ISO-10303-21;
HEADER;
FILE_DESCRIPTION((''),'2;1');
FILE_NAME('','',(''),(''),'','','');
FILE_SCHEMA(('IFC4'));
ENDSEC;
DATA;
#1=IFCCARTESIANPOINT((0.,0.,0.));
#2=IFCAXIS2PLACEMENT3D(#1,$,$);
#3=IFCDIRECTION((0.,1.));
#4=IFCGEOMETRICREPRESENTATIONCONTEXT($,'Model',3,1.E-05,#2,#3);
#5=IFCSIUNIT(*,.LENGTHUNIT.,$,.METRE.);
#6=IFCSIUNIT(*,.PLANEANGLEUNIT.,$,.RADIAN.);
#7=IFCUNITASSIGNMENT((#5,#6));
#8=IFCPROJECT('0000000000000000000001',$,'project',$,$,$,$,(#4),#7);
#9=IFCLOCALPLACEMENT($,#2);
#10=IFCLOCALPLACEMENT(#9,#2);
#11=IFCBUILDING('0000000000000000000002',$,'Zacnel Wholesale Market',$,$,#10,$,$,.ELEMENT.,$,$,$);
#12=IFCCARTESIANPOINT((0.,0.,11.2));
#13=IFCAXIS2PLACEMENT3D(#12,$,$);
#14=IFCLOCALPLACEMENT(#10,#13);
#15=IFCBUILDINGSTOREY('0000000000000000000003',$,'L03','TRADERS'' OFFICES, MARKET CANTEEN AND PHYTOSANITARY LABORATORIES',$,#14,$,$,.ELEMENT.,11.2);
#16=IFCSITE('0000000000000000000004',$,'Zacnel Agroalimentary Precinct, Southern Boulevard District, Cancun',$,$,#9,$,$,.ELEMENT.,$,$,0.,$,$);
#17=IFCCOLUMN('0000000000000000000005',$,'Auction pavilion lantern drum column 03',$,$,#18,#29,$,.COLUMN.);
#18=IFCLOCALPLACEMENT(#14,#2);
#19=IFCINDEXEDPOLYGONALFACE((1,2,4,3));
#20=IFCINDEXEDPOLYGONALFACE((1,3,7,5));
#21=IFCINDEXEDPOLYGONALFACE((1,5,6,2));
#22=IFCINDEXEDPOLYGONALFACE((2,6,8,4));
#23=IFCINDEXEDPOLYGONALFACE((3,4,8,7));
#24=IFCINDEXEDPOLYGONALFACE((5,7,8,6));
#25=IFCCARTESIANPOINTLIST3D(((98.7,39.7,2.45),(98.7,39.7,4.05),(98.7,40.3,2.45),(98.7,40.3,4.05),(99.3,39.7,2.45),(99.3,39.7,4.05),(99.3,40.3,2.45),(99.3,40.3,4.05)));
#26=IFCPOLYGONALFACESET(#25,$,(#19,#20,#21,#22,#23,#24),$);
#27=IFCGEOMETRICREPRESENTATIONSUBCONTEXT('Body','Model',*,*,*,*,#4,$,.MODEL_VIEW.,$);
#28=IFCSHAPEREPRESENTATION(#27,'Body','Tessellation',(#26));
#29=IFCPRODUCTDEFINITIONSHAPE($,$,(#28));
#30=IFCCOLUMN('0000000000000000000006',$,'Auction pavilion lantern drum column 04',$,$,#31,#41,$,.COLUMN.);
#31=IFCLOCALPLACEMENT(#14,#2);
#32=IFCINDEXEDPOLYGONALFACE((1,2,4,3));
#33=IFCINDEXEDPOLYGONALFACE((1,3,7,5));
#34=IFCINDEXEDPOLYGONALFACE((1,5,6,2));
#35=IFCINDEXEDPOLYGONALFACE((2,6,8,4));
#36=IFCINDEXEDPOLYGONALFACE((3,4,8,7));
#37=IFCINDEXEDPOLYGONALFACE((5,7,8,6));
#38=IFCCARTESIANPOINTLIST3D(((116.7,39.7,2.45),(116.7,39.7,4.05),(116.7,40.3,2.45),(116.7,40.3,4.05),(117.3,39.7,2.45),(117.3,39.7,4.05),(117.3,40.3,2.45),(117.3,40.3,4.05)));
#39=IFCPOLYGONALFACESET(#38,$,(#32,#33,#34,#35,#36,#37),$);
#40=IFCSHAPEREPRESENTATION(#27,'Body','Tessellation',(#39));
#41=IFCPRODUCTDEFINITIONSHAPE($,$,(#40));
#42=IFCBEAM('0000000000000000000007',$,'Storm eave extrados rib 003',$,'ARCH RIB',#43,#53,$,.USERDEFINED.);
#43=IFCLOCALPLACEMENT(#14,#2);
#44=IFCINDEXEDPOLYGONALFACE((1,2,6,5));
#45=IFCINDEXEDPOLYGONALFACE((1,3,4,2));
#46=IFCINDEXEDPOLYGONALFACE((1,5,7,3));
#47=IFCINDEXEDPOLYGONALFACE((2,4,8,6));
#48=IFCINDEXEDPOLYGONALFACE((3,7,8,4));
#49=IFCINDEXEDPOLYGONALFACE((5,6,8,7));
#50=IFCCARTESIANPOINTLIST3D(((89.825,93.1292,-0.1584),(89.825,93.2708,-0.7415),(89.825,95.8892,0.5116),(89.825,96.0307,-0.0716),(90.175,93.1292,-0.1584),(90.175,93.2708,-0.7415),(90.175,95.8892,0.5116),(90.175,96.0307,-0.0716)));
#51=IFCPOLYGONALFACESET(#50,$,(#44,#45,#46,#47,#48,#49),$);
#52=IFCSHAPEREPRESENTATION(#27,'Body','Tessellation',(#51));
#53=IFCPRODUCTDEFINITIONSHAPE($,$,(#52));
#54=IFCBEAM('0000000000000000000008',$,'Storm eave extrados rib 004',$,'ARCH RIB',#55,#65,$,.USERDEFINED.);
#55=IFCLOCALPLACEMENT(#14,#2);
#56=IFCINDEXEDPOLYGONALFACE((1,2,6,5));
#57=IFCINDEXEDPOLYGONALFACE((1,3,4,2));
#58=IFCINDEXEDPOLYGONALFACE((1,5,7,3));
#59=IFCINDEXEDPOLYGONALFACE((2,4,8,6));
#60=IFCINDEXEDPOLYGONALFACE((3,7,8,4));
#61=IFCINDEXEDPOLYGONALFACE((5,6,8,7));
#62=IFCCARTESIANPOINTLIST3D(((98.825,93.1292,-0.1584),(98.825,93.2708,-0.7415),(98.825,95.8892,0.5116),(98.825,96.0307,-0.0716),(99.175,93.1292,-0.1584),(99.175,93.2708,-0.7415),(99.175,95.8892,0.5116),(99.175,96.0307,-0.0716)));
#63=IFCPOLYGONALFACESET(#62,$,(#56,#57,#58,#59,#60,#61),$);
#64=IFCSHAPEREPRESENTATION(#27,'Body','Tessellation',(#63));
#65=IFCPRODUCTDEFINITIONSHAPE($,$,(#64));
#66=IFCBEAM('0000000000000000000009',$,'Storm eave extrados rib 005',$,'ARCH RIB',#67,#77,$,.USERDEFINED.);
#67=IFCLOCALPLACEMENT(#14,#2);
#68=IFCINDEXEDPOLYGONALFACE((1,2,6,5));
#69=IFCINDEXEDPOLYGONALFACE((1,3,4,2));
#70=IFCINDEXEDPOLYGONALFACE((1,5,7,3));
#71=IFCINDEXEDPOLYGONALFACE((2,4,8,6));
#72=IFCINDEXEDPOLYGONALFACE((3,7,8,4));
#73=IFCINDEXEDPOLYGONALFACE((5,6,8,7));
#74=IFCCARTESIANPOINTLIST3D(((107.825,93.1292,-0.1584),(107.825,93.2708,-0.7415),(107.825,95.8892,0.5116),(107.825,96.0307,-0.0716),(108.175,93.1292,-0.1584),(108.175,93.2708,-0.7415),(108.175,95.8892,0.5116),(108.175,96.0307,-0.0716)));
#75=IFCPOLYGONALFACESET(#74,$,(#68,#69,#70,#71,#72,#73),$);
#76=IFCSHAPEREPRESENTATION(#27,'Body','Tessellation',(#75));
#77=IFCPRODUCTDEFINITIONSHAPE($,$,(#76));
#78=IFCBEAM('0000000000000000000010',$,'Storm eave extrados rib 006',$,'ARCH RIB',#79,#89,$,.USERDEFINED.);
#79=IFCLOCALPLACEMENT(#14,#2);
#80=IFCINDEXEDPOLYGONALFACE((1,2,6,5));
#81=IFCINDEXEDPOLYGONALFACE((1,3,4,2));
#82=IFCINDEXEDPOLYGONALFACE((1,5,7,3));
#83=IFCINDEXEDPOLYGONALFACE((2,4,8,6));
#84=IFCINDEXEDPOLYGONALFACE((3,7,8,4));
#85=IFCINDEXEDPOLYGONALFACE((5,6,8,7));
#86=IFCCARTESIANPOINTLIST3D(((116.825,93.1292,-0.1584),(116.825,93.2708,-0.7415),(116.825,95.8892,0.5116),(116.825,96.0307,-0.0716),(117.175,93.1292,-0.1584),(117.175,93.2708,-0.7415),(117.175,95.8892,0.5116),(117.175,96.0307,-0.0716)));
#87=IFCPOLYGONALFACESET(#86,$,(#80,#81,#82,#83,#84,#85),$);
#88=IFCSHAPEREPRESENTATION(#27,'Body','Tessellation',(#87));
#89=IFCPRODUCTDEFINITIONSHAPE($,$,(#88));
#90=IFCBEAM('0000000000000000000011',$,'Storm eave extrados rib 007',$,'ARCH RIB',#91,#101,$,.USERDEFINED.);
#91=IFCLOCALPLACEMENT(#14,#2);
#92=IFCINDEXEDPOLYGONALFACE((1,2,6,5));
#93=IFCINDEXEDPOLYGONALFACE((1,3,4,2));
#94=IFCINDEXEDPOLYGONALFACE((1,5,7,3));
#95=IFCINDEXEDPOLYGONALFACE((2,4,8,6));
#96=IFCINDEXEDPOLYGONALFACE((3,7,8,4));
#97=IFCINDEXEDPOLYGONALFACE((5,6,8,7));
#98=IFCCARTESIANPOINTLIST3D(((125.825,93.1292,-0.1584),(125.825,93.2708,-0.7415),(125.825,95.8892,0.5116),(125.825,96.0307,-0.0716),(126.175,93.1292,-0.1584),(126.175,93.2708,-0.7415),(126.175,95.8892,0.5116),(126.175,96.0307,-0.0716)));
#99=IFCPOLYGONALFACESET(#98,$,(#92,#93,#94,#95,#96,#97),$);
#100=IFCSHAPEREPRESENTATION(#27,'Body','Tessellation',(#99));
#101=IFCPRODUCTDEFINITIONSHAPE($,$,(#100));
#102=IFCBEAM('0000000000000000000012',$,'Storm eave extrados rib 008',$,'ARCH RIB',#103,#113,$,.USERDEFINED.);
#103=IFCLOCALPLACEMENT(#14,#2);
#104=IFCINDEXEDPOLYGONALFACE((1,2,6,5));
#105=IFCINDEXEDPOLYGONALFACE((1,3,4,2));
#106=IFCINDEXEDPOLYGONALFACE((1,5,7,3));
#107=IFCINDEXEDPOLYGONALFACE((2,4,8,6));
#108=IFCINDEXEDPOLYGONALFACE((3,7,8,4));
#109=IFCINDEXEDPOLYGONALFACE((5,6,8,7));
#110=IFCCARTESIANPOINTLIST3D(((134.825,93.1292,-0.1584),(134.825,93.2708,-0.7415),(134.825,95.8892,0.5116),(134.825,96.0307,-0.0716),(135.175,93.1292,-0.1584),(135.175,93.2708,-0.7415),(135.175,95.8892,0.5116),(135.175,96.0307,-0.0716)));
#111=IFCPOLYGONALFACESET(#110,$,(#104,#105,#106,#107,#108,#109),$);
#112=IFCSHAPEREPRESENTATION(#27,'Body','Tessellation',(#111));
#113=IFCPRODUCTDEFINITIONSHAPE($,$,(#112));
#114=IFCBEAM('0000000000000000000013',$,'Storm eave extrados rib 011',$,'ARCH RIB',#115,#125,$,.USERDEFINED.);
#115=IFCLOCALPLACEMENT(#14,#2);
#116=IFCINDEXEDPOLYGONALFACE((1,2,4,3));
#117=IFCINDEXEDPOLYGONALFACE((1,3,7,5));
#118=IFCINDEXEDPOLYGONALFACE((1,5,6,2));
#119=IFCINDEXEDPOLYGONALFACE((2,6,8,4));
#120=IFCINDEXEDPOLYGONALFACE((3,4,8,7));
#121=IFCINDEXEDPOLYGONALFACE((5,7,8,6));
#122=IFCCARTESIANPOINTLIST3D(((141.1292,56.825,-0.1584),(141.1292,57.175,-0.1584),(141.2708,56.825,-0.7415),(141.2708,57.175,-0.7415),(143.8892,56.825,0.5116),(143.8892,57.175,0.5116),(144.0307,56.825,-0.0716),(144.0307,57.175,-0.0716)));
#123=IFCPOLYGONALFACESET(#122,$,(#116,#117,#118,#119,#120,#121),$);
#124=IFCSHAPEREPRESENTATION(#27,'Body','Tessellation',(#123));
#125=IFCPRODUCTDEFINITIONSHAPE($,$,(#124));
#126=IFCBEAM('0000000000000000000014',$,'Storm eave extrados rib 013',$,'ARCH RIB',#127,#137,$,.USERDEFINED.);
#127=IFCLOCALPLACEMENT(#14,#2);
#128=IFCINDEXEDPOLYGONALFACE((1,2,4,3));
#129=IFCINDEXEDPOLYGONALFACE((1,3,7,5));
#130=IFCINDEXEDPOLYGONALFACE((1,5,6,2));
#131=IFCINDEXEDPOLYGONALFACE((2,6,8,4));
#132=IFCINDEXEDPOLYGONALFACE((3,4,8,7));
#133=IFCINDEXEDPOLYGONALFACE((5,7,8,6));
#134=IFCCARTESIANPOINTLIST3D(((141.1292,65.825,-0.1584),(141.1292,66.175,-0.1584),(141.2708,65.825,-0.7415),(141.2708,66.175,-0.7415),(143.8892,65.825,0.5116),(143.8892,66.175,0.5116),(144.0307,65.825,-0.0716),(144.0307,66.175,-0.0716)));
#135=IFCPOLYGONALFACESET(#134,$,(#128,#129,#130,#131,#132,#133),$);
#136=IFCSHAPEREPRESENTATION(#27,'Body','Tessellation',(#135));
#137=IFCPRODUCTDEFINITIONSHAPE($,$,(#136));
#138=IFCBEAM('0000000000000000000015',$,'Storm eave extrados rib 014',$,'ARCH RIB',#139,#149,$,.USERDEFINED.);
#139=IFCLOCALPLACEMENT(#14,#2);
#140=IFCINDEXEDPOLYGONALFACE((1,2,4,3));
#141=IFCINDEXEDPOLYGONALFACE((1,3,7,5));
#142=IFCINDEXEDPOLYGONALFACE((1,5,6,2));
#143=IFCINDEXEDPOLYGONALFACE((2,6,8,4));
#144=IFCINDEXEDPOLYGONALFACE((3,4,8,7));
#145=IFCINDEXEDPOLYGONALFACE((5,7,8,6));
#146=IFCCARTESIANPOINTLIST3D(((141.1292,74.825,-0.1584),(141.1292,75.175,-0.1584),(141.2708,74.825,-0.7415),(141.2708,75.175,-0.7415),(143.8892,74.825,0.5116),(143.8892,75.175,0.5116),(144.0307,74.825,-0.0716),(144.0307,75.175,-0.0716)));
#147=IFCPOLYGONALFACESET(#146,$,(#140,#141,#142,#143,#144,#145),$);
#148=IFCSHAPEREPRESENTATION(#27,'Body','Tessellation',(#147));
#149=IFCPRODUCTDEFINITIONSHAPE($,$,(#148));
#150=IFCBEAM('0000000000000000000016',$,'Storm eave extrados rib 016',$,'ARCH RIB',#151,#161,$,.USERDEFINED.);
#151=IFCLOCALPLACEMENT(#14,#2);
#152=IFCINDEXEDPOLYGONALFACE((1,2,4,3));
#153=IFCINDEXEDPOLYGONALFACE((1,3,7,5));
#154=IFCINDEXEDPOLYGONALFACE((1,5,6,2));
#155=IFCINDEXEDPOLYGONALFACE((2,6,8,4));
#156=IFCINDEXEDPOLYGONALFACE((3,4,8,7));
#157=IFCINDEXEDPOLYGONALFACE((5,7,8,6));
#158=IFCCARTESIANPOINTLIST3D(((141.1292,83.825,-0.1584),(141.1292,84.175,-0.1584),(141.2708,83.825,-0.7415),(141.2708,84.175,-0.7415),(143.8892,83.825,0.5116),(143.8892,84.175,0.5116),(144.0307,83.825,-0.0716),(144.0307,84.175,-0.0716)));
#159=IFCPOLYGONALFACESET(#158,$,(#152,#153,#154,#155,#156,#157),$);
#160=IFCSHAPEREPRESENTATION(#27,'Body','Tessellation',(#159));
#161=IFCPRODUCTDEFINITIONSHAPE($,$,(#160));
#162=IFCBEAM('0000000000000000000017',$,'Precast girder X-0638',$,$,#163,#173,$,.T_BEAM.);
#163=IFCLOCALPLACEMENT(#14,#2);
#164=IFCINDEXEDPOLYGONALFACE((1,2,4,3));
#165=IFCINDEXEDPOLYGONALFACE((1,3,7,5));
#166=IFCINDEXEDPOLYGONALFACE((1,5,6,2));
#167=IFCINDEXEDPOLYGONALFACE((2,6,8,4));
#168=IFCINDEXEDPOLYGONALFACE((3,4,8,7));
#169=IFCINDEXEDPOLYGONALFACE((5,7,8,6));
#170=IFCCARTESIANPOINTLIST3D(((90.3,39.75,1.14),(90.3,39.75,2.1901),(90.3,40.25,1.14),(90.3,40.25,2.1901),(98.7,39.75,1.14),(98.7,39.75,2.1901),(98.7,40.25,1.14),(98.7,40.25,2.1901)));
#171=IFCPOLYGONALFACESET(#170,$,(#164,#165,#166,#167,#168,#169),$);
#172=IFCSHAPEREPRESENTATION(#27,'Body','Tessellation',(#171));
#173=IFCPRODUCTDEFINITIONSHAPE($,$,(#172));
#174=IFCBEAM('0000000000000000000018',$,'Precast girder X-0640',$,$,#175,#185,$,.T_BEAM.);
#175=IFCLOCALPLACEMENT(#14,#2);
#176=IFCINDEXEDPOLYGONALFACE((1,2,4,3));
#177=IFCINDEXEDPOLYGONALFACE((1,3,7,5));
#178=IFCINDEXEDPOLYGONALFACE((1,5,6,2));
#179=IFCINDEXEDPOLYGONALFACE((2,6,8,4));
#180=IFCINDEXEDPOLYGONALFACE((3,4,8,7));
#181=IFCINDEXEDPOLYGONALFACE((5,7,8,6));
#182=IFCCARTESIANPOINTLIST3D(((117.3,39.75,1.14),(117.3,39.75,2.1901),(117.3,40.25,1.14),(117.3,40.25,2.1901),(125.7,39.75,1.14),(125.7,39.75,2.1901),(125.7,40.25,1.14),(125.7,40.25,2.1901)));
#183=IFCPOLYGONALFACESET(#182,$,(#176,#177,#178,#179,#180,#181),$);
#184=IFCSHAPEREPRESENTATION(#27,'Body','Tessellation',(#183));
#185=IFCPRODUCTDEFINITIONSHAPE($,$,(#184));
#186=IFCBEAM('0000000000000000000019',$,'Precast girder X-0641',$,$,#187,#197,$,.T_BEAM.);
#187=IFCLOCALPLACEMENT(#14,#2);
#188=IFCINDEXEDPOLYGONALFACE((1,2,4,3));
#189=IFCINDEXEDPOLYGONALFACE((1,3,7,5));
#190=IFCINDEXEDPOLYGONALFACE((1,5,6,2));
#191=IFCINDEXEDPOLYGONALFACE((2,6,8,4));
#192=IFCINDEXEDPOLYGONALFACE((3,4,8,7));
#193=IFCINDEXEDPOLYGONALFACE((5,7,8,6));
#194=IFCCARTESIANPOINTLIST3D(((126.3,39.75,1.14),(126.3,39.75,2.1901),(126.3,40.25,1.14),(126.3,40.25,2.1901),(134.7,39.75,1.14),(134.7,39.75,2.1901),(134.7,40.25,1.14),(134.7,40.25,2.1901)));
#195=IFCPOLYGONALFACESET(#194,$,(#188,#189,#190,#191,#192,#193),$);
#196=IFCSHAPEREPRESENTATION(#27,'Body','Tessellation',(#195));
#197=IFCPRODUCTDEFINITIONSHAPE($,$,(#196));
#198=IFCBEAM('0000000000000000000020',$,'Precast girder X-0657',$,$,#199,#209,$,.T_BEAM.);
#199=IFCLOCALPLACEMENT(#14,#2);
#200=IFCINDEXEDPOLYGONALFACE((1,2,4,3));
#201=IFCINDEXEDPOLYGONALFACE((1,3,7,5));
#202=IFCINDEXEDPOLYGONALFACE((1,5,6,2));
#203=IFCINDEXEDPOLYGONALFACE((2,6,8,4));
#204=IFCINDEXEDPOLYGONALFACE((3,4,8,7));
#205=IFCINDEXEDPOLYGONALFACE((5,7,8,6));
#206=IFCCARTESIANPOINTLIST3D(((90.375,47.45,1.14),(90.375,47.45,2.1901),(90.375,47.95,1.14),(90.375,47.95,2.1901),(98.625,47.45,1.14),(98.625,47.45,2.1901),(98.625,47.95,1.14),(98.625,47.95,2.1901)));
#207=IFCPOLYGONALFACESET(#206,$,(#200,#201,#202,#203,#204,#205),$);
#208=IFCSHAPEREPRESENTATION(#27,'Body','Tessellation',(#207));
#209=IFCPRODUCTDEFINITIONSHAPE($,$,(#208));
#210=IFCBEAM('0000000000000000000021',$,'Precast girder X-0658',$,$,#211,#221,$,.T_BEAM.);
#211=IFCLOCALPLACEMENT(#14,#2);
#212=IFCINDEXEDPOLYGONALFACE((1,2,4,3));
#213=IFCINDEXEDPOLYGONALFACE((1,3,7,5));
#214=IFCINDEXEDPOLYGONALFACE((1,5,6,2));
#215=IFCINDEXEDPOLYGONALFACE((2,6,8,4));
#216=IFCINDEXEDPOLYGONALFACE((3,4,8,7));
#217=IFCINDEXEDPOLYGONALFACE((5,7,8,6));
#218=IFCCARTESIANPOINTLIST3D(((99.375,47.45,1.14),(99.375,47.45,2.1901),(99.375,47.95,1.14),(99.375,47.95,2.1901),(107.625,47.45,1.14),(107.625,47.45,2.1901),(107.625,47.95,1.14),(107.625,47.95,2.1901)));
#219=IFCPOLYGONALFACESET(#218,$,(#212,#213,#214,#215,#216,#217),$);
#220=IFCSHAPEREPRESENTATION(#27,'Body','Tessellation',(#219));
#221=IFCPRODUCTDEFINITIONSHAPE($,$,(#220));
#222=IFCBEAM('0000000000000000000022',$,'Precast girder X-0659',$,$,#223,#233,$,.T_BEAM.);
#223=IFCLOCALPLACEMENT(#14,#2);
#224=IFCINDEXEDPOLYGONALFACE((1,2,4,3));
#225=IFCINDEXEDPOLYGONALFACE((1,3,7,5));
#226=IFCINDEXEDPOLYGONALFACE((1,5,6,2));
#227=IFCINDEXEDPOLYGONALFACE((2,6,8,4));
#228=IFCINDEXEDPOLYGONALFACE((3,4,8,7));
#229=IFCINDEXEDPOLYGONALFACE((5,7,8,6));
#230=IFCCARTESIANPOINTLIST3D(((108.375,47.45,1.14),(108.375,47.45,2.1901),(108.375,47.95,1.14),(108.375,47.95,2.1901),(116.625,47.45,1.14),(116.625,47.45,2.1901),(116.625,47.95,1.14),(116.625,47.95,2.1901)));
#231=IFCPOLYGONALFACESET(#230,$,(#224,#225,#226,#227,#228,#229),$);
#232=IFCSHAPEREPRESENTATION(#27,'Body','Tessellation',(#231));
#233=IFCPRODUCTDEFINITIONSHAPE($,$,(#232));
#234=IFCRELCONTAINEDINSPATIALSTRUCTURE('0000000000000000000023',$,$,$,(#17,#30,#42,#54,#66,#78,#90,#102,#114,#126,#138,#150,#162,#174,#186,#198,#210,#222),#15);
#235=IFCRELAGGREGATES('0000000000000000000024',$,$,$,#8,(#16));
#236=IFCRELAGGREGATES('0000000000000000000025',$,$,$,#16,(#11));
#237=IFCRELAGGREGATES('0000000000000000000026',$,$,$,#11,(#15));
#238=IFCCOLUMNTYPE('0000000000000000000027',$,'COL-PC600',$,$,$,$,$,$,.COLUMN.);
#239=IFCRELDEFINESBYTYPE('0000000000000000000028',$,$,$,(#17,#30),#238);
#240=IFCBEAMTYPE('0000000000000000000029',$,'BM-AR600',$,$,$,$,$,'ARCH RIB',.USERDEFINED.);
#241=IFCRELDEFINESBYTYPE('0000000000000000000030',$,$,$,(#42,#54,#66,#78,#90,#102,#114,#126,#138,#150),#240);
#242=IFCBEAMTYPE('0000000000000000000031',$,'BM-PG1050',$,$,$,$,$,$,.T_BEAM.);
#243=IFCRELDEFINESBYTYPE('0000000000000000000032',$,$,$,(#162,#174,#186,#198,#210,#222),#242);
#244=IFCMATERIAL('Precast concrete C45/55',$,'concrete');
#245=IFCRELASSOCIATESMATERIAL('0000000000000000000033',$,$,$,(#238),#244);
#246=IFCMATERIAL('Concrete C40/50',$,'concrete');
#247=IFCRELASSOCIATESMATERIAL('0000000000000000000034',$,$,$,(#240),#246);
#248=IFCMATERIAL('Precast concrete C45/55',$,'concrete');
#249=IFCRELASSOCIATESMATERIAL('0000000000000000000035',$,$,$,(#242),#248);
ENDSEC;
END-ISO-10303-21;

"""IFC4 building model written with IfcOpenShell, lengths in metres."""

from ifc_helpers import new_model, si_unit, direction, frame, origin, origin_2d, place, context, subcontext, project, spatial, rectangle, extrude, material, material_profile, profile_set, type_object, element, save


model = new_model("IFC4")

# Units and contexts
model_context = context("Model", 3, precision=1e-05, world=origin(), true_north=direction((0.0, 1.0)))
body_context = subcontext(model_context, "Body", "Model", "MODEL_VIEW")
ifc_project = project(units=[si_unit("LENGTHUNIT", "METRE"), si_unit("PLANEANGLEUNIT", "RADIAN")], contexts=[model_context])

# Site, building, storey
site_placement = place(None, origin())
site = spatial("IfcSite", under=ifc_project, at=site_placement, Name="Zacnel Agroalimentary Precinct, Southern Boulevard District, Cancun", CompositionType="ELEMENT", RefElevation=0.0)
building_placement = place(site_placement, origin())
building = spatial("IfcBuilding", under=site, at=building_placement, Name="Zacnel Wholesale Market", CompositionType="ELEMENT")
storey_placement = place(building_placement, frame((0.0, 0.0, 11.2)))
storey = spatial("IfcBuildingStorey", under=building, at=storey_placement, Name="L03", Description="TRADERS' OFFICES, MARKET CANTEEN AND PHYTOSANITARY LABORATORIES", CompositionType="ELEMENT", Elevation=11.2)

# Columns
ifc_material_1 = material(Name="Precast concrete C45/55", Category="concrete")
ifc_material_profile_1 = material_profile(ifc_material_1, rectangle(XDim=0.6001, YDim=0.6001, at=origin_2d()), Name="PC 600x600")
ifc_profile_set_1 = profile_set([ifc_material_profile_1], Name="Precast concrete C45/55")
column_type = type_object("IfcColumnType", Name="COL-PC600", PredefinedType="COLUMN", material=ifc_profile_set_1)
for number, where, z_axis, x_axis, name in (
    (1, (99.0, 40.0, 2.45), (0.0, 0.0, 1.0), (1.0, 0.0, 0.0), "Auction pavilion lantern drum column 03"),
    (2, (117.0, 40.0, 2.45), (0.0, 0.0, 1.0), (1.0, 0.0, 0.0), "Auction pavilion lantern drum column 04"),
):
    element("IfcColumn", number, at=place(storey_placement, frame(where, z_axis=z_axis, x_axis=x_axis)), inside=storey, type_object=column_type, Name=name, PredefinedType="COLUMN", context=body_context, shape_type="SweptSolid", body=[
        extrude(rectangle(XDim=0.6001, YDim=0.6001, at=origin_2d()), origin(), (0.0, 0.0, 1.0), 1.6001),
    ])

# Beams
ifc_material_2 = material(Name="Concrete C40/50", Category="concrete")
ifc_material_profile_2 = material_profile(ifc_material_2, rectangle(XDim=0.3501, YDim=0.6001, at=origin_2d()), Name="ARCH RIB 350x600")
ifc_profile_set_2 = profile_set([ifc_material_profile_2], Name="Concrete C40/50")
beam_type_1 = type_object("IfcBeamType", Name="BM-AR600", ElementType="ARCH RIB", PredefinedType="USERDEFINED", material=ifc_profile_set_2)
for number, where, z_axis, x_axis, name in (
    (3, (90.0, 95.96, 0.22), (0.0, -0.971783, -0.235876), (1.0, 0.0, 0.0), "Storm eave extrados rib 003"),
    (4, (99.0, 95.96, 0.22), (0.0, -0.971783, -0.235876), (1.0, 0.0, 0.0), "Storm eave extrados rib 004"),
    (5, (108.0, 95.96, 0.22), (0.0, -0.971783, -0.235876), (1.0, 0.0, 0.0), "Storm eave extrados rib 005"),
    (6, (117.0, 95.96, 0.22), (0.0, -0.971783, -0.235876), (1.0, 0.0, 0.0), "Storm eave extrados rib 006"),
    (7, (126.0, 95.96, 0.22), (0.0, -0.971783, -0.235876), (1.0, 0.0, 0.0), "Storm eave extrados rib 007"),
    (8, (135.0, 95.96, 0.22), (0.0, -0.971783, -0.235876), (1.0, 0.0, 0.0), "Storm eave extrados rib 008"),
    (9, (143.96, 57.0, 0.22), (-0.971783, 0.0, -0.235876), (0.0, -1.0, 0.0), "Storm eave extrados rib 011"),
    (10, (143.96, 66.0, 0.22), (-0.971783, 0.0, -0.235876), (0.0, -1.0, 0.0), "Storm eave extrados rib 013"),
    (11, (143.96, 75.0, 0.22), (-0.971783, 0.0, -0.235876), (0.0, -1.0, 0.0), "Storm eave extrados rib 014"),
    (12, (143.96, 84.0, 0.22), (-0.971783, 0.0, -0.235876), (0.0, -1.0, 0.0), "Storm eave extrados rib 016"),
):
    element("IfcBeam", number, at=place(storey_placement, frame(where, z_axis=z_axis, x_axis=x_axis)), inside=storey, type_object=beam_type_1, Name=name, ObjectType="ARCH RIB", PredefinedType="USERDEFINED", context=body_context, shape_type="SweptSolid", body=[
        extrude(rectangle(XDim=0.3501, YDim=0.6001, at=origin_2d()), origin(), (0.0, 0.0, 1.0), 2.8401),
    ])
ifc_material_3 = material(Name="Precast concrete C45/55", Category="concrete")
ifc_material_profile_3 = material_profile(ifc_material_3, rectangle(XDim=0.5, YDim=1.05, at=origin_2d()), Name="PG 500x1050")
ifc_profile_set_3 = profile_set([ifc_material_profile_3], Name="Precast concrete C45/55")
beam_type_2 = type_object("IfcBeamType", Name="BM-PG1050", PredefinedType="T_BEAM", material=ifc_profile_set_3)
for number, where, z_axis, x_axis, name in (
    (13, (90.3, 40.0, 1.665), (1.0, 0.0, 0.0), (0.0, 1.0, 0.0), "Precast girder X-0638"),
    (14, (117.3, 40.0, 1.665), (1.0, 0.0, 0.0), (0.0, 1.0, 0.0), "Precast girder X-0640"),
    (15, (126.3, 40.0, 1.665), (1.0, 0.0, 0.0), (0.0, 1.0, 0.0), "Precast girder X-0641"),
):
    element("IfcBeam", number, at=place(storey_placement, frame(where, z_axis=z_axis, x_axis=x_axis)), inside=storey, type_object=beam_type_2, Name=name, PredefinedType="T_BEAM", context=body_context, shape_type="SweptSolid", body=[
        extrude(rectangle(XDim=0.5, YDim=1.05, at=origin_2d()), origin(), (0.0, 0.0, 1.0), 8.3999),
    ])
for number, where, z_axis, x_axis, name in (
    (16, (90.375, 47.7, 1.665), (1.0, 0.0, 0.0), (0.0, 1.0, 0.0), "Precast girder X-0657"),
    (17, (99.375, 47.7, 1.665), (1.0, 0.0, 0.0), (0.0, 1.0, 0.0), "Precast girder X-0658"),
    (18, (108.375, 47.7, 1.665), (1.0, 0.0, 0.0), (0.0, 1.0, 0.0), "Precast girder X-0659"),
):
    element("IfcBeam", number, at=place(storey_placement, frame(where, z_axis=z_axis, x_axis=x_axis)), inside=storey, type_object=beam_type_2, Name=name, PredefinedType="T_BEAM", context=body_context, shape_type="SweptSolid", body=[
        extrude(rectangle(XDim=0.5, YDim=1.05, at=origin_2d()), origin(), (0.0, 0.0, 1.0), 8.25),
    ])

save(model, "model.ifc")
